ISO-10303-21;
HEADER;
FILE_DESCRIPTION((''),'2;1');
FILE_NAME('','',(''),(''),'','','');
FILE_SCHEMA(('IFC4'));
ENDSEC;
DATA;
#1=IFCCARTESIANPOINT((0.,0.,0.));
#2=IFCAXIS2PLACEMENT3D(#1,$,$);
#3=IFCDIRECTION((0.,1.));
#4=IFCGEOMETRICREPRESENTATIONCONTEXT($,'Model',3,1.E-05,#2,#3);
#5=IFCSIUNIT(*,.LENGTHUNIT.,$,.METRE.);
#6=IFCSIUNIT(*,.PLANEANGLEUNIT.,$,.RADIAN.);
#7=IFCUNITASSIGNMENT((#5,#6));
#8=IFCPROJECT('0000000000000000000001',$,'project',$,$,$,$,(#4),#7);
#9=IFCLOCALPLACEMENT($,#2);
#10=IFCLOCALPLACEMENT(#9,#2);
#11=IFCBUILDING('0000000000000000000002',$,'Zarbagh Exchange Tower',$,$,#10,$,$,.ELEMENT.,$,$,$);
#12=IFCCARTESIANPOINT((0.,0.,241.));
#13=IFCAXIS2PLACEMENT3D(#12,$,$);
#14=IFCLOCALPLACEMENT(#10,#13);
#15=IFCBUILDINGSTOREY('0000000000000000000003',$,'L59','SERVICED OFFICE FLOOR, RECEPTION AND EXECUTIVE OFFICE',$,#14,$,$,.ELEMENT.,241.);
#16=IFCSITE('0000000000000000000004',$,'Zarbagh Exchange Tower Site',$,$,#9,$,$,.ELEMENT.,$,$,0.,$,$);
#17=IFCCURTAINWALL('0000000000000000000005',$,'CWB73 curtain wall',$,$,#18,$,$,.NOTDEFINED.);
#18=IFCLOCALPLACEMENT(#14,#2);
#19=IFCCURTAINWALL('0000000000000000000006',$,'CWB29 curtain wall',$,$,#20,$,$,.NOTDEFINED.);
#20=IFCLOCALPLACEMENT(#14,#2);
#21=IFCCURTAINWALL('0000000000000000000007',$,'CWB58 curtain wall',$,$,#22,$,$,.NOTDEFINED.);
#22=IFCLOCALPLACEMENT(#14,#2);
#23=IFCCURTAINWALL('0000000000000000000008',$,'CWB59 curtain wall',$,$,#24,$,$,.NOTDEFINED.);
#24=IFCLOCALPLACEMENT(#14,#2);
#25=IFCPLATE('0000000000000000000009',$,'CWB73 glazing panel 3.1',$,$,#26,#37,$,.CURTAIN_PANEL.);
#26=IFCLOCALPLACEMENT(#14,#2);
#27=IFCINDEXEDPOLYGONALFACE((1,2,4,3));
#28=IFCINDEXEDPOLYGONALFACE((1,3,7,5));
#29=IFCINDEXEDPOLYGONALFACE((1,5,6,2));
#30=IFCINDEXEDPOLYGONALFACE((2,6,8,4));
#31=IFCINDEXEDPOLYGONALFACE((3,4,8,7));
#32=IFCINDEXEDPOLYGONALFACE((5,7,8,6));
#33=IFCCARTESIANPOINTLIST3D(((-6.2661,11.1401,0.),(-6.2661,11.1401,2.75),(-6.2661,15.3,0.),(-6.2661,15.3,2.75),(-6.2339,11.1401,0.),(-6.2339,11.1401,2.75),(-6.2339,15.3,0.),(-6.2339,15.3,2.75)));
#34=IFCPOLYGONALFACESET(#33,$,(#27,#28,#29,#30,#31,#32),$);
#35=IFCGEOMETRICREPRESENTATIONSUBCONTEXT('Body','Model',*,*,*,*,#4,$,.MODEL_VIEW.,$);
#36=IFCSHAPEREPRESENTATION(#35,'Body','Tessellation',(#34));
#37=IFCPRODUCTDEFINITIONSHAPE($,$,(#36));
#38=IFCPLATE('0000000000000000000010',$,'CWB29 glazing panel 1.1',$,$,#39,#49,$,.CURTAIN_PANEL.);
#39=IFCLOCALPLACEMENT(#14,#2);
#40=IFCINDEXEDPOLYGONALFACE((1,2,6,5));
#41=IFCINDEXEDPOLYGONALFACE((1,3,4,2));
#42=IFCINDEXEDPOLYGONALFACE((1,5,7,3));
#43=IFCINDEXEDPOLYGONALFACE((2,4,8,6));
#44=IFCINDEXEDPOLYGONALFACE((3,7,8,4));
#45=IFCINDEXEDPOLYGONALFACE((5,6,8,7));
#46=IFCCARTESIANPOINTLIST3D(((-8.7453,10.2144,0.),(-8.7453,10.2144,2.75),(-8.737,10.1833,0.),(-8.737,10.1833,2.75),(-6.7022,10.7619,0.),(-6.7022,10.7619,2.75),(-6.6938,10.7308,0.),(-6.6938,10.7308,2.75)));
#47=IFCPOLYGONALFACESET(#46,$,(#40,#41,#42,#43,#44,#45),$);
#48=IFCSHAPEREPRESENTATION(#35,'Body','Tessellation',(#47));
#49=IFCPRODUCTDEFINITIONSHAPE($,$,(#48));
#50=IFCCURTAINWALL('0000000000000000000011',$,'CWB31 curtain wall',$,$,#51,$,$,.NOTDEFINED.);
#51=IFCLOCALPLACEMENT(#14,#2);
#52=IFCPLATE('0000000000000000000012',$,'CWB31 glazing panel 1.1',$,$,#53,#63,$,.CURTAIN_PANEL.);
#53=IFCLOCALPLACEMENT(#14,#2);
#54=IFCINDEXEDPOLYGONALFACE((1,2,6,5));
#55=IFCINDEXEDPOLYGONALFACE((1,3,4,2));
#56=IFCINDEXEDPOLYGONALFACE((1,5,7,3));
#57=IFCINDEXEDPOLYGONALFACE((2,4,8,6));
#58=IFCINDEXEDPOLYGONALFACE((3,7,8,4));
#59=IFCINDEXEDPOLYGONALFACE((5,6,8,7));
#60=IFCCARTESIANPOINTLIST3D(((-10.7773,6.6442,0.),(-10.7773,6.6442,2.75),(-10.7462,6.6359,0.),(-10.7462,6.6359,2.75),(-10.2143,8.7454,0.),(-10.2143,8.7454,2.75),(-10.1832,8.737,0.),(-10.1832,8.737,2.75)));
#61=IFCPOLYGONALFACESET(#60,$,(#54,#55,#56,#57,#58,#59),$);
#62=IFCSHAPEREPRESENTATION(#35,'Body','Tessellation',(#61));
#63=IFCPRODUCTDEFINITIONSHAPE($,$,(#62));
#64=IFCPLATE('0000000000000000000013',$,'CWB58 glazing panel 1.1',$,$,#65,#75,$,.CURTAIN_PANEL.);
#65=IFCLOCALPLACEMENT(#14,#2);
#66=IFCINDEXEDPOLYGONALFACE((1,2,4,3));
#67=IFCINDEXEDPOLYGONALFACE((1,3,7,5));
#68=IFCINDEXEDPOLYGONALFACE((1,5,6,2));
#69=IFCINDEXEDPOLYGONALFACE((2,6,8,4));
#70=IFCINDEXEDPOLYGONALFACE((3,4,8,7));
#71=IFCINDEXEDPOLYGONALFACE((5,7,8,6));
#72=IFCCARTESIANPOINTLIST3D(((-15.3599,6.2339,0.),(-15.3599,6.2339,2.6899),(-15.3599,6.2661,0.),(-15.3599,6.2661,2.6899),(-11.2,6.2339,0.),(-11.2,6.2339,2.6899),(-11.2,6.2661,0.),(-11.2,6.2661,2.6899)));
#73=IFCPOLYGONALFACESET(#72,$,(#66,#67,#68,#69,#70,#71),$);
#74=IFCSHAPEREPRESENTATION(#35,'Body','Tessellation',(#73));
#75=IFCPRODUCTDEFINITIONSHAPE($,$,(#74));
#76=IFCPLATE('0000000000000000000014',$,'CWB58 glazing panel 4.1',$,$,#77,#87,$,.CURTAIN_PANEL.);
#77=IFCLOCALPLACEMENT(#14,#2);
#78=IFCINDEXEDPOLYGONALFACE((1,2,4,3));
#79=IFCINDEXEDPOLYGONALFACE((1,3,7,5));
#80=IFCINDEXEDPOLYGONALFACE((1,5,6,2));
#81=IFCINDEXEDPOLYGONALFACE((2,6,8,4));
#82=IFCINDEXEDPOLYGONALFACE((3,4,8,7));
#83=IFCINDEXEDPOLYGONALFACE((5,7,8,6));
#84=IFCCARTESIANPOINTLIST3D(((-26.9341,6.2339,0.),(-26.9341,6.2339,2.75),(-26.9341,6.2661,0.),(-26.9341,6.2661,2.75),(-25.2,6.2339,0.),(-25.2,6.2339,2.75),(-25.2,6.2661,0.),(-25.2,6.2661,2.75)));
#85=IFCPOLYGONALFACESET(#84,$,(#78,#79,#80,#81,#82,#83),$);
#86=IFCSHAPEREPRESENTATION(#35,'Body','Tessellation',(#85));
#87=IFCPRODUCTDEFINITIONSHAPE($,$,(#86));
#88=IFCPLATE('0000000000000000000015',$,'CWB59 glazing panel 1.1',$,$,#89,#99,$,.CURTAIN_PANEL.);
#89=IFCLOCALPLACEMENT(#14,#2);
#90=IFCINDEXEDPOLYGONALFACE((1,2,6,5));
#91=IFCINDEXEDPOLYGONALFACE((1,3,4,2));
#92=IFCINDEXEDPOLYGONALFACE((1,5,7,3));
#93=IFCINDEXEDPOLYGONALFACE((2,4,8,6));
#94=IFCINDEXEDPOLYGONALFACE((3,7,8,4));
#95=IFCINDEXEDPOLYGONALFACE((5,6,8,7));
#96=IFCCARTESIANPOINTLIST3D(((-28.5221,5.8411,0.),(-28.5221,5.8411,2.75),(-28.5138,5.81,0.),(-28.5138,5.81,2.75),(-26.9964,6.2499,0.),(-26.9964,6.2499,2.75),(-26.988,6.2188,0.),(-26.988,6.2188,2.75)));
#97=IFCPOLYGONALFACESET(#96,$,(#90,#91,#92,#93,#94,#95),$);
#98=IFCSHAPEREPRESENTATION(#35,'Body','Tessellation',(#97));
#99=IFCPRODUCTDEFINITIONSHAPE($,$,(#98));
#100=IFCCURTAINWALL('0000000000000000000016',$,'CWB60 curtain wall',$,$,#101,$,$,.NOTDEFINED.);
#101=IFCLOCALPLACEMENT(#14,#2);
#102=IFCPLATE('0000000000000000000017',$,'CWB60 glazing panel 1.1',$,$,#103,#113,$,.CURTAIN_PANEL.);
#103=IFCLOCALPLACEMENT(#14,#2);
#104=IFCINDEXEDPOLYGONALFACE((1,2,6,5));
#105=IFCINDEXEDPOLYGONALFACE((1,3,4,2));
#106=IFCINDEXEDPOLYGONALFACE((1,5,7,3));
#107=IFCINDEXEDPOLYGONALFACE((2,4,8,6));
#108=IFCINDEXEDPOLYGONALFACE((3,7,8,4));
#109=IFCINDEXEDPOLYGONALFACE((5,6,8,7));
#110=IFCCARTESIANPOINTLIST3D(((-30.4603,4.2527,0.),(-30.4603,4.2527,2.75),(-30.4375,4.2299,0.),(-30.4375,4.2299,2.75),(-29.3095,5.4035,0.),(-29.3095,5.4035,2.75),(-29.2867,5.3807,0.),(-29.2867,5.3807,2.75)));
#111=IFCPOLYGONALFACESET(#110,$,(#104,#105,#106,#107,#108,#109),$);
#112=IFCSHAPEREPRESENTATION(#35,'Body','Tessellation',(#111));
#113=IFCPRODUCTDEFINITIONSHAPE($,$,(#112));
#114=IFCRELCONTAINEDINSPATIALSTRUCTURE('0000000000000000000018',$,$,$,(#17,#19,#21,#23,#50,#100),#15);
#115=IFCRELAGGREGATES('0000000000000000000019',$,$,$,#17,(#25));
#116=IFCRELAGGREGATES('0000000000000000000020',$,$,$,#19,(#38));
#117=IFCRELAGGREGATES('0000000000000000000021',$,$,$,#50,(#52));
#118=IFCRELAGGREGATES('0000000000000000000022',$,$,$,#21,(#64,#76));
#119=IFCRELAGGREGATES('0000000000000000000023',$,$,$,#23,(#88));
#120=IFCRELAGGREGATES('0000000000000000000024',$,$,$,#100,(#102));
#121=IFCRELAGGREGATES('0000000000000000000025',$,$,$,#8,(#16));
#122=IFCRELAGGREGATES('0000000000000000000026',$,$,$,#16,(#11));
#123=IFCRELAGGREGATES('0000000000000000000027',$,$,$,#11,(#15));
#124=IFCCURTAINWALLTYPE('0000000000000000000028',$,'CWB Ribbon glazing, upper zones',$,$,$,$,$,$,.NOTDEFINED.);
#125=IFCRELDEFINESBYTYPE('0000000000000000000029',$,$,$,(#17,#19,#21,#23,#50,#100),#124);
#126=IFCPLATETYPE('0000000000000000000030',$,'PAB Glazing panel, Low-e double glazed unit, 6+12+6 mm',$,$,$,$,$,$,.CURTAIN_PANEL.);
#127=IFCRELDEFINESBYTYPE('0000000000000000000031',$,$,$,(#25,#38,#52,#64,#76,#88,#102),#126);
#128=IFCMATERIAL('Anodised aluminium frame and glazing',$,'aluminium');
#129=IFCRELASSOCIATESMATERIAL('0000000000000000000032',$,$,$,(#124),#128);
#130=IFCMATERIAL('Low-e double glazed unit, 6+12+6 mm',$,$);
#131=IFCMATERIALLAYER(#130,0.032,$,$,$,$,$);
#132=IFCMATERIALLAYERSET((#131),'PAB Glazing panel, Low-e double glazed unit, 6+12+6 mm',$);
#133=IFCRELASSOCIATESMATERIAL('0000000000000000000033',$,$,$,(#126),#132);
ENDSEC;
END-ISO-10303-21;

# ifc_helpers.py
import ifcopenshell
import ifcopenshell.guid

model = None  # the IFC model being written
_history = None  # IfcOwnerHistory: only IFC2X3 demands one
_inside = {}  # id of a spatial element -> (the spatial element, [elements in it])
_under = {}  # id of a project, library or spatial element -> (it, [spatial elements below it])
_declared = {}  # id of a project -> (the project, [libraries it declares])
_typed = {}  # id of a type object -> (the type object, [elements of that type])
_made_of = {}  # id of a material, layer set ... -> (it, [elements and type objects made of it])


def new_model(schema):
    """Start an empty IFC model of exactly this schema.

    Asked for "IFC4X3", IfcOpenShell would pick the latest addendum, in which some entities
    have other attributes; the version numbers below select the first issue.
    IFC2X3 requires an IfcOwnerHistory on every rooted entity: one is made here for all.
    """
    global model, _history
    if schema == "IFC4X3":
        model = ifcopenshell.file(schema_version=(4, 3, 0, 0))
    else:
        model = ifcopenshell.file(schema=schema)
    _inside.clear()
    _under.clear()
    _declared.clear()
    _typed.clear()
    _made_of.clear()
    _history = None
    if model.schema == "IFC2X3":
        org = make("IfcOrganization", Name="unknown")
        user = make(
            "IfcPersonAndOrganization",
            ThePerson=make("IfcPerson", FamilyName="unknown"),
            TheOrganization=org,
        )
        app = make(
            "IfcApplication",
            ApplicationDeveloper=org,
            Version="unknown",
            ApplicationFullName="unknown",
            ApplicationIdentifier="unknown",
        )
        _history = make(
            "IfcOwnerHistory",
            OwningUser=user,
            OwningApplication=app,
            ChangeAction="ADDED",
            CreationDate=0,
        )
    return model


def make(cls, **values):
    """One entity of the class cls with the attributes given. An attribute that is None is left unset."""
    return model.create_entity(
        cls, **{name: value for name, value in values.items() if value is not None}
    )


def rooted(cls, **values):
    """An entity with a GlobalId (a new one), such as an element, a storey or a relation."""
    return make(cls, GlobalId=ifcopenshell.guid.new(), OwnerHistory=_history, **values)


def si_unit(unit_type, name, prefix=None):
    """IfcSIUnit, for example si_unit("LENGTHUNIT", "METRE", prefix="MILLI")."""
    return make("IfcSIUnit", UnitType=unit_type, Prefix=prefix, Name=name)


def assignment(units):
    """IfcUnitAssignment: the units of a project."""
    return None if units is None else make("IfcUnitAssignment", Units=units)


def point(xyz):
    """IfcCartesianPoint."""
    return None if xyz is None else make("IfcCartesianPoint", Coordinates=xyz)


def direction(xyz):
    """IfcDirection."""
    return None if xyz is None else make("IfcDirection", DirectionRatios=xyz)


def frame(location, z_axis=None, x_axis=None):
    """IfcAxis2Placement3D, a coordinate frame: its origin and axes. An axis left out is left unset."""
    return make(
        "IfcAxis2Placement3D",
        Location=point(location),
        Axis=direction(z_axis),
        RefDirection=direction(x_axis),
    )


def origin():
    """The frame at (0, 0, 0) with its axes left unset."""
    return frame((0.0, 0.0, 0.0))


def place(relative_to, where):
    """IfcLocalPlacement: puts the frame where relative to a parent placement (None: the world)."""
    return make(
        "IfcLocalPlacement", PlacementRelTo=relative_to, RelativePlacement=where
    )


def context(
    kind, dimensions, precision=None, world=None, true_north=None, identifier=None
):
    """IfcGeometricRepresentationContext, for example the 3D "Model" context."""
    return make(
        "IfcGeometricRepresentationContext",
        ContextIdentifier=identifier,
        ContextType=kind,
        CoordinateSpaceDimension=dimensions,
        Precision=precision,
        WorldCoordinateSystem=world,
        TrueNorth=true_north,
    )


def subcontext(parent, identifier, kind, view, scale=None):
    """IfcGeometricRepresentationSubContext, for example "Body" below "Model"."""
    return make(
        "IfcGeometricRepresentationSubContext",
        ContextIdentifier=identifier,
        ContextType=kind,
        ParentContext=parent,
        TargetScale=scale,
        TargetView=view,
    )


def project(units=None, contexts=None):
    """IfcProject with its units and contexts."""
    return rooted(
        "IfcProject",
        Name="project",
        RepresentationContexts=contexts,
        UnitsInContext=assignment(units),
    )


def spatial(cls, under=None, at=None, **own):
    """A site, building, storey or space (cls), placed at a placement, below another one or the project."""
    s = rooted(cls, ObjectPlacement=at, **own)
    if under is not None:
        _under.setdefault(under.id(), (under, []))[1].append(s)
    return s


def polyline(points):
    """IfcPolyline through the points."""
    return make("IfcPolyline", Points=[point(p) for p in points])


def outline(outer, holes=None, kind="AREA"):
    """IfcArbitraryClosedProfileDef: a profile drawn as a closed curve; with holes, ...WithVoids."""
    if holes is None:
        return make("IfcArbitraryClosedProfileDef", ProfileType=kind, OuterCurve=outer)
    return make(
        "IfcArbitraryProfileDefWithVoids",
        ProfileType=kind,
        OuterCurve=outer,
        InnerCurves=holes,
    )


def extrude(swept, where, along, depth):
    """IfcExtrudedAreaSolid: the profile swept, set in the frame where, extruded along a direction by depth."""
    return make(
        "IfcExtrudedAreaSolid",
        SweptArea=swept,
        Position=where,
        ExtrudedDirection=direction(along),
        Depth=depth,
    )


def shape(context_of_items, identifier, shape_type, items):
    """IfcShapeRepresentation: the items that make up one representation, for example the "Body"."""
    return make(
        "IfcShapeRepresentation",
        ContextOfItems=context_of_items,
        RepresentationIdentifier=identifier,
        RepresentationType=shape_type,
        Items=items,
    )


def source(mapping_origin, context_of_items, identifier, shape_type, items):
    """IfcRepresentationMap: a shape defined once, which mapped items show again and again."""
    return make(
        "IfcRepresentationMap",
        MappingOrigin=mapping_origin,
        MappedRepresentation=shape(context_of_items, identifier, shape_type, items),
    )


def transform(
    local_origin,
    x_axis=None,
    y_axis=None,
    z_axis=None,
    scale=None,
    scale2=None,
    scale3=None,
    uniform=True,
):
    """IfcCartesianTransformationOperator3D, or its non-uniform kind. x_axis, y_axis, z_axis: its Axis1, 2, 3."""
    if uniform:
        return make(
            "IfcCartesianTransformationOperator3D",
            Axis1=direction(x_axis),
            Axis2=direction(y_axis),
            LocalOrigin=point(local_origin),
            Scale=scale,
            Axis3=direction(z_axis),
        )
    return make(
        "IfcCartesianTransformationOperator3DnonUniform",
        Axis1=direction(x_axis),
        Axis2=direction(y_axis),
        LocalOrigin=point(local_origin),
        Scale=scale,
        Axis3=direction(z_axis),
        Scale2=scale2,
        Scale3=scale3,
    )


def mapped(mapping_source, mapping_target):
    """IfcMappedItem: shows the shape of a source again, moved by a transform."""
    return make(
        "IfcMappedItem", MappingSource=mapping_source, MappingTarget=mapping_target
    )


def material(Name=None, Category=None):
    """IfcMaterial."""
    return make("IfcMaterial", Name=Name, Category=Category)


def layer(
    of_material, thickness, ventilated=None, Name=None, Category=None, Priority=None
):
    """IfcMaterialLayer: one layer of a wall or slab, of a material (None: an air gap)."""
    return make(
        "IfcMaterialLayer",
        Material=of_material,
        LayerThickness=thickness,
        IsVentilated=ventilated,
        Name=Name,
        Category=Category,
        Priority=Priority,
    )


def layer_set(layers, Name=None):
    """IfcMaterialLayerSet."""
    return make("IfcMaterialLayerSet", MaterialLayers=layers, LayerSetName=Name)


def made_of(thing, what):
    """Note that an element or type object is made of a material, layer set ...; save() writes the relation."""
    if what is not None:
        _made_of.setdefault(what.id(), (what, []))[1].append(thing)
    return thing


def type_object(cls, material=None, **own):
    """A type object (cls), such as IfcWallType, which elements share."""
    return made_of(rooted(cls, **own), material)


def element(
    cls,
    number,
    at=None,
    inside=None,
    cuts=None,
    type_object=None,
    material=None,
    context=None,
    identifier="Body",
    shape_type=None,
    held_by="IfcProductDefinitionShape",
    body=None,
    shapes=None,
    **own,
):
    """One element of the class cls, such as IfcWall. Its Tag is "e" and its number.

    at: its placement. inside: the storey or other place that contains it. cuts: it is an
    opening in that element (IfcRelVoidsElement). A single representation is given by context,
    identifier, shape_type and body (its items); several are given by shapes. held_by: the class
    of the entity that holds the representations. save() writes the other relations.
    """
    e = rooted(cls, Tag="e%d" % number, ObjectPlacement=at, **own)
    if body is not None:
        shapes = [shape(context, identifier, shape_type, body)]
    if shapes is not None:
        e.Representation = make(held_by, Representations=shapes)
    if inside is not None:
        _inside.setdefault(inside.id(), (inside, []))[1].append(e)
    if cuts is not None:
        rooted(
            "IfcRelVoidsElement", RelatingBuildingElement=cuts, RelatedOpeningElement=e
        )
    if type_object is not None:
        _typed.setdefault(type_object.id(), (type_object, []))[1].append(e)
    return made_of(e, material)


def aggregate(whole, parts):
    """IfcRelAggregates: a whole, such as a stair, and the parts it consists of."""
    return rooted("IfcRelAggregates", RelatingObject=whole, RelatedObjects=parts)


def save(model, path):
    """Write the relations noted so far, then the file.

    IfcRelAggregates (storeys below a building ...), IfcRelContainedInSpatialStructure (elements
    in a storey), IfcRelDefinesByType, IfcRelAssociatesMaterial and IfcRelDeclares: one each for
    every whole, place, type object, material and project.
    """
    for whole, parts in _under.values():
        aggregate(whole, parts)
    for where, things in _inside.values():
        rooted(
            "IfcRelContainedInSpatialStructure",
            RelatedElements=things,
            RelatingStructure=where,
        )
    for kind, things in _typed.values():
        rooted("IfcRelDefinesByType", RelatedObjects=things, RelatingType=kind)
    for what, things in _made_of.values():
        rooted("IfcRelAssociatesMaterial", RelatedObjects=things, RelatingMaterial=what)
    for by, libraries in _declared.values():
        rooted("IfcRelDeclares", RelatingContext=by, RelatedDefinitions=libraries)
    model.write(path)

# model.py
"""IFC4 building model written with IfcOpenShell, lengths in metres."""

from ifc_helpers import new_model, si_unit, direction, frame, origin, place, context, subcontext, project, spatial, polyline, outline, extrude, source, transform, mapped, material, layer, layer_set, type_object, element, aggregate, save


model = new_model("IFC4")

# Units and contexts
model_context = context("Model", 3, precision=1e-05, world=origin(), true_north=direction((0.0, 1.0)))
body_context = subcontext(model_context, "Body", "Model", "MODEL_VIEW")
ifc_project = project(units=[si_unit("LENGTHUNIT", "METRE"), si_unit("PLANEANGLEUNIT", "RADIAN")], contexts=[model_context])

# Site, building, storey
site_placement = place(None, origin())
site = spatial("IfcSite", under=ifc_project, at=site_placement, Name="Zarbagh Exchange Tower Site", CompositionType="ELEMENT", RefElevation=0.0)
building_placement = place(site_placement, origin())
building = spatial("IfcBuilding", under=site, at=building_placement, Name="Zarbagh Exchange Tower", CompositionType="ELEMENT")
storey_placement = place(building_placement, frame((0.0, 0.0, 241.0)))
storey = spatial("IfcBuildingStorey", under=building, at=storey_placement, Name="L59", Description="SERVICED OFFICE FLOOR, RECEPTION AND EXECUTIVE OFFICE", CompositionType="ELEMENT", Elevation=241.0)

# Curtain walls
ifc_material_1 = material(Name="Anodised aluminium frame and glazing", Category="aluminium")
curtain_wall_type = type_object("IfcCurtainWallType", Name="CWB Ribbon glazing, upper zones", PredefinedType="NOTDEFINED", material=ifc_material_1)
curtain_wall_1_placement = place(storey_placement, origin())
curtain_wall_1 = element("IfcCurtainWall", 1, at=curtain_wall_1_placement, inside=storey, type_object=curtain_wall_type, Name="CWB73 curtain wall", PredefinedType="NOTDEFINED")
placement = place(storey_placement, origin())
curtain_wall_2_placement = place(storey_placement, origin())
curtain_wall_2 = element("IfcCurtainWall", 2, at=curtain_wall_2_placement, inside=storey, type_object=curtain_wall_type, Name="CWB29 curtain wall", PredefinedType="NOTDEFINED")

# Curtain wall
curtain_wall_3_placement = place(storey_placement, origin())
curtain_wall_3 = element("IfcCurtainWall", 3, at=curtain_wall_3_placement, inside=storey, type_object=curtain_wall_type, Name="CWB58 curtain wall", PredefinedType="NOTDEFINED")

# Curtain wall
curtain_wall_4_placement = place(storey_placement, origin())
curtain_wall_4 = element("IfcCurtainWall", 4, at=curtain_wall_4_placement, inside=storey, type_object=curtain_wall_type, Name="CWB59 curtain wall", PredefinedType="NOTDEFINED")

# Shared definitions
ifc_material_2 = material(Name="Low-e double glazed unit, 6+12+6 mm")
ifc_layer = layer(ifc_material_2, 0.032)
ifc_layer_set = layer_set([ifc_layer], Name="PAB Glazing panel, Low-e double glazed unit, 6+12+6 mm")
plate_type = type_object("IfcPlateType", Name="PAB Glazing panel, Low-e double glazed unit, 6+12+6 mm", PredefinedType="CURTAIN_PANEL", material=ifc_layer_set)

# Plates
shared_shape_1 = source(origin(), body_context, "Body", "SweptSolid", [
    extrude(outline(polyline([(0.0, -0.0161), (4.1599, -0.0161), (4.1599, 0.0161), (0.0, 0.0161), (0.0, -0.0161)])), origin(), (0.0, 0.0, 1.0), 2.75),
])
plate_1 = element("IfcPlate", 5, at=placement, type_object=plate_type, Name="CWB73 glazing panel 3.1", PredefinedType="CURTAIN_PANEL", context=body_context, shape_type="MappedRepresentation", body=[
    mapped(shared_shape_1, transform((-6.25, 15.3, 0.0), x_axis=(0.0, -1.0, 0.0), y_axis=(1.0, 0.0, 0.0), z_axis=(0.0, 0.0, 1.0))),
])
aggregate(curtain_wall_1, [plate_1])
shared_shape_2 = source(origin(), body_context, "Body", "SweptSolid", [
    extrude(outline(polyline([(0.0, -0.0161), (2.1152, -0.0161), (2.1152, 0.0161), (0.0, 0.0161), (0.0, -0.0161)])), origin(), (0.0, 0.0, 1.0), 2.75),
])
plate_2 = element("IfcPlate", 6, at=placement, type_object=plate_type, Name="CWB29 glazing panel 1.1", PredefinedType="CURTAIN_PANEL", context=body_context, shape_type="MappedRepresentation", body=[
    mapped(shared_shape_2, transform((-6.698, 10.7463, 0.0), x_axis=(-0.965924, -0.258825, 0.0), y_axis=(0.258825, -0.965924, 0.0), z_axis=(0.0, 0.0, 1.0))),
])
aggregate(curtain_wall_2, [plate_2])

# Curtain wall, plate
curtain_wall_5_placement = place(storey_placement, origin())
curtain_wall_5 = element("IfcCurtainWall", 7, at=curtain_wall_5_placement, inside=storey, type_object=curtain_wall_type, Name="CWB31 curtain wall", PredefinedType="NOTDEFINED")
shared_shape_3 = source(origin(), body_context, "Body", "SweptSolid", [
    extrude(outline(polyline([(0.0, -0.0161), (2.1753, -0.0161), (2.1753, 0.0161), (0.0, 0.0161), (0.0, -0.0161)])), origin(), (0.0, 0.0, 1.0), 2.75),
])
plate_3 = element("IfcPlate", 8, at=placement, type_object=plate_type, Name="CWB31 glazing panel 1.1", PredefinedType="CURTAIN_PANEL", context=body_context, shape_type="MappedRepresentation", body=[
    mapped(shared_shape_3, transform((-10.1987, 8.7412, 0.0), x_axis=(-0.258825, -0.965924, 0.0), y_axis=(0.965924, -0.258825, 0.0), z_axis=(0.0, 0.0, 1.0))),
])
aggregate(curtain_wall_5, [plate_3])

# Plates
shared_shape_4 = source(origin(), body_context, "Body", "SweptSolid", [
    extrude(outline(polyline([(0.0, -0.0161), (4.1599, -0.0161), (4.1599, 0.0161), (0.0, 0.0161), (0.0, -0.0161)])), origin(), (0.0, 0.0, 1.0), 2.6899),
])
plate_4 = element("IfcPlate", 9, at=placement, type_object=plate_type, Name="CWB58 glazing panel 1.1", PredefinedType="CURTAIN_PANEL", context=body_context, shape_type="MappedRepresentation", body=[
    mapped(shared_shape_4, transform((-11.2, 6.25, 0.0), x_axis=(-1.0, 0.0, 0.0), y_axis=(0.0, -1.0, 0.0), z_axis=(0.0, 0.0, 1.0))),
])
shared_shape_5 = source(origin(), body_context, "Body", "SweptSolid", [
    extrude(outline(polyline([(0.0, -0.0161), (1.7341, -0.0161), (1.7341, 0.0161), (0.0, 0.0161), (0.0, -0.0161)])), origin(), (0.0, 0.0, 1.0), 2.75),
])
plate_5 = element("IfcPlate", 10, at=placement, type_object=plate_type, Name="CWB58 glazing panel 4.1", PredefinedType="CURTAIN_PANEL", context=body_context, shape_type="MappedRepresentation", body=[
    mapped(shared_shape_5, transform((-25.2, 6.25, 0.0), x_axis=(-1.0, 0.0, 0.0), y_axis=(0.0, -1.0, 0.0), z_axis=(0.0, 0.0, 1.0))),
])
aggregate(curtain_wall_3, [plate_4, plate_5])
shared_shape_6 = source(origin(), body_context, "Body", "SweptSolid", [
    extrude(outline(polyline([(0.0, -0.0161), (1.5796, -0.0161), (1.5796, 0.0161), (0.0, 0.0161), (0.0, -0.0161)])), origin(), (0.0, 0.0, 1.0), 2.75),
])
plate_6 = element("IfcPlate", 11, at=placement, type_object=plate_type, Name="CWB59 glazing panel 1.1", PredefinedType="CURTAIN_PANEL", context=body_context, shape_type="MappedRepresentation", body=[
    mapped(shared_shape_6, transform((-26.9922, 6.2344, 0.0), x_axis=(-0.965924, -0.258825, 0.0), y_axis=(0.258825, -0.965924, 0.0), z_axis=(0.0, 0.0, 1.0))),
])
aggregate(curtain_wall_4, [plate_6])

# Curtain wall, plate
curtain_wall_6_placement = place(storey_placement, origin())
curtain_wall_6 = element("IfcCurtainWall", 12, at=curtain_wall_6_placement, inside=storey, type_object=curtain_wall_type, Name="CWB60 curtain wall", PredefinedType="NOTDEFINED")
shared_shape_7 = source(origin(), body_context, "Body", "SweptSolid", [
    extrude(outline(polyline([(0.0, -0.0161), (1.6274, -0.0161), (1.6274, 0.0161), (0.0, 0.0161), (0.0, -0.0161)])), origin(), (0.0, 0.0, 1.0), 2.75),
])
plate_7 = element("IfcPlate", 13, at=placement, type_object=plate_type, Name="CWB60 glazing panel 1.1", PredefinedType="CURTAIN_PANEL", context=body_context, shape_type="MappedRepresentation", body=[
    mapped(shared_shape_7, transform((-29.2981, 5.3921, 0.0), x_axis=(-0.707107, -0.707107, 0.0), y_axis=(0.707107, -0.707107, 0.0), z_axis=(0.0, 0.0, 1.0))),
])
aggregate(curtain_wall_6, [plate_7])

save(model, "model.ifc")
